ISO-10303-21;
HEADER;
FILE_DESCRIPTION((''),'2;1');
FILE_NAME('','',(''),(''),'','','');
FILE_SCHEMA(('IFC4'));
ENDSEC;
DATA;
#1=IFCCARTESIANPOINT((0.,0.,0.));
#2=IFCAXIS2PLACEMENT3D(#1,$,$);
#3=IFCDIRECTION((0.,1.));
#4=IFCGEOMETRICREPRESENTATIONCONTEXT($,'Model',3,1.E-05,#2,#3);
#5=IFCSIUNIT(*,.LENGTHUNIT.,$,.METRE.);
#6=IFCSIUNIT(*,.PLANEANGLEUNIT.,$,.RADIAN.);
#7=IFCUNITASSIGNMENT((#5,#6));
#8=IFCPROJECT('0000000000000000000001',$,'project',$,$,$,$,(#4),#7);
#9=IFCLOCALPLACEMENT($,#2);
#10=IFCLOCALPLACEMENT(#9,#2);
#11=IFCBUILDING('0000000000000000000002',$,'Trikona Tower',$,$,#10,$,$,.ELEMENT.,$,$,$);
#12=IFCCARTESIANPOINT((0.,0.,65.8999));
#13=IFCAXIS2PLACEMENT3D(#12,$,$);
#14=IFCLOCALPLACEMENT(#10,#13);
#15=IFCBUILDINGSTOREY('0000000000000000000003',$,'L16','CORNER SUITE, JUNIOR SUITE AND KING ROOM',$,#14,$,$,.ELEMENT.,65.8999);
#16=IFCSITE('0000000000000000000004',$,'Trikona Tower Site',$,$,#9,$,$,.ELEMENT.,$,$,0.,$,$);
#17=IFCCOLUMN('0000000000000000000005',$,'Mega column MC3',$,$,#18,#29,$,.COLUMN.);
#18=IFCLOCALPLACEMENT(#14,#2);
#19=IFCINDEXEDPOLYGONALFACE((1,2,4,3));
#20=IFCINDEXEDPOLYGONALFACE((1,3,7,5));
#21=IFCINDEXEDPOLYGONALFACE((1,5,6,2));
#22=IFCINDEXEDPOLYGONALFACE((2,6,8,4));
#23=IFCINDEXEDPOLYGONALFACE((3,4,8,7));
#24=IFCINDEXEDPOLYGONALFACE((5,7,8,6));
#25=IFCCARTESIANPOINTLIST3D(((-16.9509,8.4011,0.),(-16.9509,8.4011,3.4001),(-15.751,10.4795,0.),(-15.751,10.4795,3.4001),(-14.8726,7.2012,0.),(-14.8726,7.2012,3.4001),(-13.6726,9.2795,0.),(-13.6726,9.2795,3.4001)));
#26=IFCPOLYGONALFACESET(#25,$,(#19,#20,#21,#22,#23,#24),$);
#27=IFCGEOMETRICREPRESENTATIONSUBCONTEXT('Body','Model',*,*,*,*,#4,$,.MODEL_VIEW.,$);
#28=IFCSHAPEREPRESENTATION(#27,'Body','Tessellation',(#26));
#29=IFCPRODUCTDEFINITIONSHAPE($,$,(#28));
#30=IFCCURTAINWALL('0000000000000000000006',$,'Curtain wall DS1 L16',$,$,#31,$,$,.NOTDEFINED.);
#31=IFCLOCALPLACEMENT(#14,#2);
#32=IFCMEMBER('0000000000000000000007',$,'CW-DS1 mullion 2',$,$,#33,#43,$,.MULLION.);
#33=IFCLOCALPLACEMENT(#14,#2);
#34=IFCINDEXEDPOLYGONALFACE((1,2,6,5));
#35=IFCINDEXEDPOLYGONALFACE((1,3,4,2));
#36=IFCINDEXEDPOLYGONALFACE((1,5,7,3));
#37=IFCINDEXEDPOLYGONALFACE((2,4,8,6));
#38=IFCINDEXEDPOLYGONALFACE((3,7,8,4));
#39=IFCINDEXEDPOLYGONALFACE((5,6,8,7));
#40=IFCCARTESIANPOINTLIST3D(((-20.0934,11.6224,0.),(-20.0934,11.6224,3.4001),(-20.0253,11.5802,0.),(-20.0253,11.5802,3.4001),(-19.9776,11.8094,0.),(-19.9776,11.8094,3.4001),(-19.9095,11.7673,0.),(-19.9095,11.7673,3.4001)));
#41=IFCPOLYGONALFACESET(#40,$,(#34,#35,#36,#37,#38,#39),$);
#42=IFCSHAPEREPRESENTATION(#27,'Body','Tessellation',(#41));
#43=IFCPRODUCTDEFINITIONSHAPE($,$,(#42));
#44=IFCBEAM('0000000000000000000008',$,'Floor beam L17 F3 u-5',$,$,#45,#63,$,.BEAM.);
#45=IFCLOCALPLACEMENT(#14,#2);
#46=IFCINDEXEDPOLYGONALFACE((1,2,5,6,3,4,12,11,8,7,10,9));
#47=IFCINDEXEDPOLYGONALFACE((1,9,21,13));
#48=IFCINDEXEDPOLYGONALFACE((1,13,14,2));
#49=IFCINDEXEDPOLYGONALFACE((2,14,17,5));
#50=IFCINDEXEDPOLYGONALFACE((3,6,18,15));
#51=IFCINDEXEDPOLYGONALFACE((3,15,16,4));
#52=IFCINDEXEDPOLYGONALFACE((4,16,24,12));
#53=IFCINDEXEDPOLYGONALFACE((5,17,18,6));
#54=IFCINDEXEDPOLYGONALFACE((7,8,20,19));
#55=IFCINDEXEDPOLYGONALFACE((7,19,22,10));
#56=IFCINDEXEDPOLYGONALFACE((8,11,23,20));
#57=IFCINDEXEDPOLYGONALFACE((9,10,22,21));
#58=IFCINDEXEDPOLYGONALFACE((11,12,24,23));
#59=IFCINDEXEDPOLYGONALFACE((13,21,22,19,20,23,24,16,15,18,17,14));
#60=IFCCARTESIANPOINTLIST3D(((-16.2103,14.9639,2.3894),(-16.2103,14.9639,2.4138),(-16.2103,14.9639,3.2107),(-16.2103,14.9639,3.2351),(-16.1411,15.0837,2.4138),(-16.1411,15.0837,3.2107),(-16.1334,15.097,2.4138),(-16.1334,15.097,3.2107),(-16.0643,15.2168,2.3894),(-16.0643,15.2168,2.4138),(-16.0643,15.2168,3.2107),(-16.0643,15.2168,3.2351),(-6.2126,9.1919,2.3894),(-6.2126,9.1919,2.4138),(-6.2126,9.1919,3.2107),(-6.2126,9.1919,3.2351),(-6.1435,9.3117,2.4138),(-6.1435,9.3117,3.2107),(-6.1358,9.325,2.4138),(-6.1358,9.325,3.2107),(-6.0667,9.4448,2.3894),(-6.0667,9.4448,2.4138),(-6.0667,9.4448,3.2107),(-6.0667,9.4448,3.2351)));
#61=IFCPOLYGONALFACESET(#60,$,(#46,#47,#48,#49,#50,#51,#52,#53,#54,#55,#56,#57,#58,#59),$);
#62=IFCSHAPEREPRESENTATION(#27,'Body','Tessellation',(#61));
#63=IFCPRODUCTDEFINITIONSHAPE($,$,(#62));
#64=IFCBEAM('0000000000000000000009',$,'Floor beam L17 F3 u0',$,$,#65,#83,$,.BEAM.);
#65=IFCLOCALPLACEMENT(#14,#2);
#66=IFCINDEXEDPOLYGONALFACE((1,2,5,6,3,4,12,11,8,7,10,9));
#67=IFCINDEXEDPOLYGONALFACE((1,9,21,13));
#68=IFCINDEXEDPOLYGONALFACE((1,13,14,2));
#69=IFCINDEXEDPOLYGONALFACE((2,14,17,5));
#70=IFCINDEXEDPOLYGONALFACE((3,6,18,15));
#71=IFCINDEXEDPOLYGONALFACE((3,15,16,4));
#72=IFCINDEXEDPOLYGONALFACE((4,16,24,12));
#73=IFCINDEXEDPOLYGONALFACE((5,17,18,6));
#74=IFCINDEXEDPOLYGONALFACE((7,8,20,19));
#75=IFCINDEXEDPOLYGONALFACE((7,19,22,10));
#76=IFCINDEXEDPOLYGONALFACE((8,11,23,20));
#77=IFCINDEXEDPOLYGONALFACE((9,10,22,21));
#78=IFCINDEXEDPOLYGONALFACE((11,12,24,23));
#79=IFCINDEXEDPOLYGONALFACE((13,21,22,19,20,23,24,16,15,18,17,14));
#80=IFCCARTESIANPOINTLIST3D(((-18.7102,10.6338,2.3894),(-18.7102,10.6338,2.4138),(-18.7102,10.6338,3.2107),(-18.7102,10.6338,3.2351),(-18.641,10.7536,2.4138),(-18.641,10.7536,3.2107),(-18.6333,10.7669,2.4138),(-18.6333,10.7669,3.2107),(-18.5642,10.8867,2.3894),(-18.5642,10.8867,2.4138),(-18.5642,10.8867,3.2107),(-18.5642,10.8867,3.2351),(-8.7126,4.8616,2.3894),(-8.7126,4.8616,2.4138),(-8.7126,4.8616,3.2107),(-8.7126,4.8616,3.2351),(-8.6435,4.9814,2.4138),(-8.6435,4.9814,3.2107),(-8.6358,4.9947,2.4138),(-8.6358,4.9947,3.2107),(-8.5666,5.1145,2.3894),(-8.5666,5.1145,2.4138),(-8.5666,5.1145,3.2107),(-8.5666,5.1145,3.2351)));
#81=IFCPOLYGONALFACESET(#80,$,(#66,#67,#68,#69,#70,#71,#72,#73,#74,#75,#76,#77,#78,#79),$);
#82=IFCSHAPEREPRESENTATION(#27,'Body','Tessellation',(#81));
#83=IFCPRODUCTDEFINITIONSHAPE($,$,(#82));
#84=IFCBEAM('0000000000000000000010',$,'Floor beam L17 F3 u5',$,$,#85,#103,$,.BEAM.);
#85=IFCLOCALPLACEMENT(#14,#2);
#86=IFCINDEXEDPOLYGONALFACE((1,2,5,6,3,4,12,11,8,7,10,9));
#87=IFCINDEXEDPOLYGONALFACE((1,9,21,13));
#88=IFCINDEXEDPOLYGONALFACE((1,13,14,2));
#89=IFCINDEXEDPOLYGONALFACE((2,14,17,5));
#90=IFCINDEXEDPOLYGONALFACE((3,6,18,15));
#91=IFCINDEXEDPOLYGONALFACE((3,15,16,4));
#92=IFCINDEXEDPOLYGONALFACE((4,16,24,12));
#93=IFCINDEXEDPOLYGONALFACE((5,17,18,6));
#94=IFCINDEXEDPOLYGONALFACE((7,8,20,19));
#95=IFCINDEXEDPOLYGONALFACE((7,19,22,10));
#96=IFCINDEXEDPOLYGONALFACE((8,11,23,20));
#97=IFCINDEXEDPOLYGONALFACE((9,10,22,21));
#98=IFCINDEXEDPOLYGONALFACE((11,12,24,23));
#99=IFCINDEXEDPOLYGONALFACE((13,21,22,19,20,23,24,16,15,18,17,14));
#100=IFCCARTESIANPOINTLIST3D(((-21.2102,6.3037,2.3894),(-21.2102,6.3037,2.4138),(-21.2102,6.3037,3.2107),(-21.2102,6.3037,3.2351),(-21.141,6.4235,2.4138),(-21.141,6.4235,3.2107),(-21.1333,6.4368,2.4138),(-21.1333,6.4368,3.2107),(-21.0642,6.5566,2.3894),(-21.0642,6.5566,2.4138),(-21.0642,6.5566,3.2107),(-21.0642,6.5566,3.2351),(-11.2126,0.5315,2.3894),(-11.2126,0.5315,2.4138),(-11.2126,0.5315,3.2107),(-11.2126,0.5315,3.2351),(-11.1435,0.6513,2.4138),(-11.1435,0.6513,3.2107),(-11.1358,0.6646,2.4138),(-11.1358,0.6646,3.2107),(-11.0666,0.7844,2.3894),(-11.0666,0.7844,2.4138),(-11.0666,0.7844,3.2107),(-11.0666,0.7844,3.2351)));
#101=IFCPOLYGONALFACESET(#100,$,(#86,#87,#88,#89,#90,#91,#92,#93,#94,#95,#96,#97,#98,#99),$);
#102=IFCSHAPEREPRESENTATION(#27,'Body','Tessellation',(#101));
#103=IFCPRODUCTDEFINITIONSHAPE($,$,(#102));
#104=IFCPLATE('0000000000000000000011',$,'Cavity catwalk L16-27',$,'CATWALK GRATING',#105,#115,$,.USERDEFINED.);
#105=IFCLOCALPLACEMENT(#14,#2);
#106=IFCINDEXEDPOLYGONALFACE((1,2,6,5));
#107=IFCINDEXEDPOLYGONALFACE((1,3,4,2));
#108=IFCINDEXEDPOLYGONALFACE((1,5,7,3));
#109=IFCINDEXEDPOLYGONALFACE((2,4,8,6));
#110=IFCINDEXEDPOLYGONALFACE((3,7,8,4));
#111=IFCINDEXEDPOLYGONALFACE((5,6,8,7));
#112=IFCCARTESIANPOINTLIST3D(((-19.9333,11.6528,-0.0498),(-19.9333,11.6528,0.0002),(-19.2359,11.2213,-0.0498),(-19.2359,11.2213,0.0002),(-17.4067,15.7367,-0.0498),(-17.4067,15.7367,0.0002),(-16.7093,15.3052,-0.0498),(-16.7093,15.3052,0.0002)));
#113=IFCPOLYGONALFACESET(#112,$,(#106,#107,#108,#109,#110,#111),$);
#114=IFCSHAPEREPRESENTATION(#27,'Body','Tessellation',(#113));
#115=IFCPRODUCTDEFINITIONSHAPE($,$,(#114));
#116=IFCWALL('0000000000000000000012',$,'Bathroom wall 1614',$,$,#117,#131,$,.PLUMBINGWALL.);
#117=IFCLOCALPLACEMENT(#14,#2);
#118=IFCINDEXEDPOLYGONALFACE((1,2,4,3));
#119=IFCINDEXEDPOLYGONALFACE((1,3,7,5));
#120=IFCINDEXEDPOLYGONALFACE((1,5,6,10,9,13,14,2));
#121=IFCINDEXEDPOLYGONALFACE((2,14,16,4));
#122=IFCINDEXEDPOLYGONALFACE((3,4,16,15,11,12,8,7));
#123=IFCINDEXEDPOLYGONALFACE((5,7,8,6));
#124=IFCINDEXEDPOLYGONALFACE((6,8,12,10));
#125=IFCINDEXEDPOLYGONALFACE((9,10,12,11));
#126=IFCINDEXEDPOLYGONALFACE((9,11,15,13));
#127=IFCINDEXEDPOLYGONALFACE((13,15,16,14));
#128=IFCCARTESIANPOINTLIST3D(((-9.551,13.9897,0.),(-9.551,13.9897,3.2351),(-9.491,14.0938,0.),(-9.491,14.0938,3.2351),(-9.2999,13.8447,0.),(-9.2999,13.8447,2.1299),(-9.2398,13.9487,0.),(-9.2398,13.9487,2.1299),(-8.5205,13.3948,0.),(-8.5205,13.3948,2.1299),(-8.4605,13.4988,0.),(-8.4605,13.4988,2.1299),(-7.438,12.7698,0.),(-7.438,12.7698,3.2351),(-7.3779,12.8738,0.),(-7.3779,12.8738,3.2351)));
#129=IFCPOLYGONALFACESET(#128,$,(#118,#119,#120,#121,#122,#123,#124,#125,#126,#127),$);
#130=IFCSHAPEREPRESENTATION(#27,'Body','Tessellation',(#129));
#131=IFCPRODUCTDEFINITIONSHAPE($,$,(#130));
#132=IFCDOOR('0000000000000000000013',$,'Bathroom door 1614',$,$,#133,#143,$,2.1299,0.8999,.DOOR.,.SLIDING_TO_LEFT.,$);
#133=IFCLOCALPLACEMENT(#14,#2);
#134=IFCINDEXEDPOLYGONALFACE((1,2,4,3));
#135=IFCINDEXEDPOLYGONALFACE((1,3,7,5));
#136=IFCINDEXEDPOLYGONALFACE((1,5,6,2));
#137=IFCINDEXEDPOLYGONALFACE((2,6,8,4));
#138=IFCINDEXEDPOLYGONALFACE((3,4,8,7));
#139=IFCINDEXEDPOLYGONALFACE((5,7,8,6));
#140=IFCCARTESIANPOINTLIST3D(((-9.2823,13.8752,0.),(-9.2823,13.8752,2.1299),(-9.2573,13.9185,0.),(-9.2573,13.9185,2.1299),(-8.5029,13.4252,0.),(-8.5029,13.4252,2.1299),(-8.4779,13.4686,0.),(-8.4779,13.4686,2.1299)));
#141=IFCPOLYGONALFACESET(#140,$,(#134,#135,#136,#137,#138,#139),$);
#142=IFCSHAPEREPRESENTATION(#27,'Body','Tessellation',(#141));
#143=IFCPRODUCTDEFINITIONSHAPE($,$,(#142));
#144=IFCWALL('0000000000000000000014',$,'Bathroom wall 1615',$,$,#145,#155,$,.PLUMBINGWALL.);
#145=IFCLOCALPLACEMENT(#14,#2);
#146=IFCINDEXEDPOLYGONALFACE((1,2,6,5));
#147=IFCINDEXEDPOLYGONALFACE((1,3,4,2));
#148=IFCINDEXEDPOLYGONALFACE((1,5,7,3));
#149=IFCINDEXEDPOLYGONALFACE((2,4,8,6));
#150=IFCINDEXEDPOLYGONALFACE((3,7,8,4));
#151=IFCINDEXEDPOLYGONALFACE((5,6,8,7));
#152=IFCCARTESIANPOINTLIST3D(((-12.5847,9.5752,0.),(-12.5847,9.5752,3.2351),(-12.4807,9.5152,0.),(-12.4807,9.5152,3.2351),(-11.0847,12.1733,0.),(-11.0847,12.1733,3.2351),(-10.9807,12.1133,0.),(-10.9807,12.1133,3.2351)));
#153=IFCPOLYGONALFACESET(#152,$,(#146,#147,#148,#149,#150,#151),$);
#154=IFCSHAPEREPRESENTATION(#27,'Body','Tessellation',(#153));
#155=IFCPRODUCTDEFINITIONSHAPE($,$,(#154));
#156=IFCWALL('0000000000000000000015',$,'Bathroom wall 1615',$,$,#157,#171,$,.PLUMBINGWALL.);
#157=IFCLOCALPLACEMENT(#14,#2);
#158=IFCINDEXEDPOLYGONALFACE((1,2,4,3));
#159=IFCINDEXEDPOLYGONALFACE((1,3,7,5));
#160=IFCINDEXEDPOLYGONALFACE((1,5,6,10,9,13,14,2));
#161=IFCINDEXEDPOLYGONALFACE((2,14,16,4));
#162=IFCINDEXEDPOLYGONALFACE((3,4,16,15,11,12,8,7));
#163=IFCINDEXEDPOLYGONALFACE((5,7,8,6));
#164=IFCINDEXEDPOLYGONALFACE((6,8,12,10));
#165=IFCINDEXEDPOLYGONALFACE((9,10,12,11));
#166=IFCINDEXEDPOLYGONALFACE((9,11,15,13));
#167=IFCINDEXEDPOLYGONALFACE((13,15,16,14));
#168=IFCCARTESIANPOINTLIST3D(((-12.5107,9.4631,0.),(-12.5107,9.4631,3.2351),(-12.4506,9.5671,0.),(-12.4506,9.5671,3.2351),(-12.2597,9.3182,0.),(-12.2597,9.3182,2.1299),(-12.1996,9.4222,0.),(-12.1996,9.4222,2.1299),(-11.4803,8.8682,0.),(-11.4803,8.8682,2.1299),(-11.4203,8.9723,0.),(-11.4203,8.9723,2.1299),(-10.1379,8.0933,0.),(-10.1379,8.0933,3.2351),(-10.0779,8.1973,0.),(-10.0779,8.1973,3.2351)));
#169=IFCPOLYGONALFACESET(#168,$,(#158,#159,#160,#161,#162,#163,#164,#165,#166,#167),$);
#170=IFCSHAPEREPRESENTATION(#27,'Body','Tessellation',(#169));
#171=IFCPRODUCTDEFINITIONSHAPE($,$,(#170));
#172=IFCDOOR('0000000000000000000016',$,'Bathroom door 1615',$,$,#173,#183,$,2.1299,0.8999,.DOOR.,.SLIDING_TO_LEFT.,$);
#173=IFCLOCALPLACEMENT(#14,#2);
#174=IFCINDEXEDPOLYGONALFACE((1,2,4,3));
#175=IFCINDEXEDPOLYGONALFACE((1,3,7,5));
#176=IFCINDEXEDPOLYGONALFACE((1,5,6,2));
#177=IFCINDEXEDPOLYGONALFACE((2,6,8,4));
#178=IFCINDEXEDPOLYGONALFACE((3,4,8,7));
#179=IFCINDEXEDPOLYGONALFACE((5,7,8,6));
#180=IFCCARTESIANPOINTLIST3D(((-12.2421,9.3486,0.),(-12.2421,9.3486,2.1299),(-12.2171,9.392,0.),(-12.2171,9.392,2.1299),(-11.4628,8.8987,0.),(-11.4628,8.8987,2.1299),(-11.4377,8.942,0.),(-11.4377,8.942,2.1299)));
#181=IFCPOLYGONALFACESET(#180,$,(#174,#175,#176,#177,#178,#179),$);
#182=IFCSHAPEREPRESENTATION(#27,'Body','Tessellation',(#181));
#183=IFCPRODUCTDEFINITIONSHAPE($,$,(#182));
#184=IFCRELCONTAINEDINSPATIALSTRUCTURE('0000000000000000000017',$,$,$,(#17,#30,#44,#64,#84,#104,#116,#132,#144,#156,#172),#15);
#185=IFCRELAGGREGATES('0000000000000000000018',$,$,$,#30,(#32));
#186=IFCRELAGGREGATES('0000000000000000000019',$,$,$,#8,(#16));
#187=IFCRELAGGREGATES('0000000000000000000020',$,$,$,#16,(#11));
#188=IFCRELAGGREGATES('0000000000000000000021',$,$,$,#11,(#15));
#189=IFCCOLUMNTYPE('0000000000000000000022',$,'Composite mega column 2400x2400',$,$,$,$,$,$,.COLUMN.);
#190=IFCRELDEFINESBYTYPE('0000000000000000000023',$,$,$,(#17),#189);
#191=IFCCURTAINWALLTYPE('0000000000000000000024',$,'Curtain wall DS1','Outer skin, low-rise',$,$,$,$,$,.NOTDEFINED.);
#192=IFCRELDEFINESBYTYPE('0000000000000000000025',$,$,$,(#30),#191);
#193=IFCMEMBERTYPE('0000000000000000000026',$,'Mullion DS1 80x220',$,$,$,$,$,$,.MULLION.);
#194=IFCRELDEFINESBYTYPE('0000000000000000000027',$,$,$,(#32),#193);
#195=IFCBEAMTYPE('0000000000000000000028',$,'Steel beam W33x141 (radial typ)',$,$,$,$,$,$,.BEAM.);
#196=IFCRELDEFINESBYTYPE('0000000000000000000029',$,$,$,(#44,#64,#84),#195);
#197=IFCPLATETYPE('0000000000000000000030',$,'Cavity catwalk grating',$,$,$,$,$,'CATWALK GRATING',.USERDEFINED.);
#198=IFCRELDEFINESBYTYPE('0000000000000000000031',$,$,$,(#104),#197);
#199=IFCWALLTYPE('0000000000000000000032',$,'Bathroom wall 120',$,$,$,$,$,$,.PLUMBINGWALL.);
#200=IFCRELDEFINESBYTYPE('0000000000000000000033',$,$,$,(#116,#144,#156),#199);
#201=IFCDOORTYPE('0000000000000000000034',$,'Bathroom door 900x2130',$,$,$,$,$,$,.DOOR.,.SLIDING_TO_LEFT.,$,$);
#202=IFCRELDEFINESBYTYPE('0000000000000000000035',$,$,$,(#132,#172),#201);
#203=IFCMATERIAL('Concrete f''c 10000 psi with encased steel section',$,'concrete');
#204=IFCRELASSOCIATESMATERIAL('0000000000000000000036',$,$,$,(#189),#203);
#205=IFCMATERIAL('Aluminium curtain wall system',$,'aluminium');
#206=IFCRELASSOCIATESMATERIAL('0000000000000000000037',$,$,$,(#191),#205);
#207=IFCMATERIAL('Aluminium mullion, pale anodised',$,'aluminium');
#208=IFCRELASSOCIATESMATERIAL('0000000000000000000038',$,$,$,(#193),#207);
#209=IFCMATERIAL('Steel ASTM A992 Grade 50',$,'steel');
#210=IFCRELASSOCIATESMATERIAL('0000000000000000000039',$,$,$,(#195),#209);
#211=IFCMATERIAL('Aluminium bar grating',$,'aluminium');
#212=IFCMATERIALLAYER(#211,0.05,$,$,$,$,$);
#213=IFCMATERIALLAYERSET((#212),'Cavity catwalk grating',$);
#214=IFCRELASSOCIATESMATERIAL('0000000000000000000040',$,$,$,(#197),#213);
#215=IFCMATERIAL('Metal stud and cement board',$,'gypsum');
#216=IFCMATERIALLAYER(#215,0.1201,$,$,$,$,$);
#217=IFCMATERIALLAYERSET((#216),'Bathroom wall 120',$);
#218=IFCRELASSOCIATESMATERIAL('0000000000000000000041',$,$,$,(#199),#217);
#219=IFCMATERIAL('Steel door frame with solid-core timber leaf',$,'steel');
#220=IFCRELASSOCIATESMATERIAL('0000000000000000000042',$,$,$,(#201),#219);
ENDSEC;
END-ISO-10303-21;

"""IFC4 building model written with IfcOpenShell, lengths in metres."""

from ifc_helpers import new_model, si_unit, direction, frame, frame_2d, origin, origin_2d, place, context, subcontext, project, spatial, rectangle, i_section, extrude, material, layer, layer_set, material_profile, profile_set, type_object, element, fill, aggregate, save


model = new_model("IFC4")

# Units and contexts
model_context = context("Model", 3, precision=1e-05, world=origin(), true_north=direction((0.0, 1.0)))
body_context = subcontext(model_context, "Body", "Model", "MODEL_VIEW")
ifc_project = project(units=[si_unit("LENGTHUNIT", "METRE"), si_unit("PLANEANGLEUNIT", "RADIAN")], contexts=[model_context])

# Site, building, storey
site_placement = place(None, origin())
site = spatial("IfcSite", under=ifc_project, at=site_placement, Name="Trikona Tower Site", CompositionType="ELEMENT", RefElevation=0.0)
building_placement = place(site_placement, origin())
building = spatial("IfcBuilding", under=site, at=building_placement, Name="Trikona Tower", CompositionType="ELEMENT")
storey_placement = place(building_placement, frame((0.0, 0.0, 65.8999)))
storey = spatial("IfcBuildingStorey", under=building, at=storey_placement, Name="L16", Description="CORNER SUITE, JUNIOR SUITE AND KING ROOM", CompositionType="ELEMENT", Elevation=65.8999)

# Column
ifc_material_1 = material(Name="Concrete f'c 10000 psi with encased steel section", Category="concrete")
ifc_material_profile_1 = material_profile(ifc_material_1, rectangle(XDim=2.3999, YDim=2.3999, at=origin_2d()), Name="MC2400")
ifc_profile_set_1 = profile_set([ifc_material_profile_1], Name="Concrete f'c 10000 psi with encased steel section")
column_type = type_object("IfcColumnType", Name="Composite mega column 2400x2400", PredefinedType="COLUMN", material=ifc_profile_set_1)
column_placement = place(storey_placement, frame((-15.3118, 8.8403, 0.0), z_axis=(0.0, 0.0, 1.0), x_axis=(-0.866025, 0.5, 0.0)))
element("IfcColumn", 1, at=column_placement, inside=storey, type_object=column_type, Name="Mega column MC3", PredefinedType="COLUMN", context=body_context, shape_type="SweptSolid", body=[
    extrude(rectangle(XDim=2.3999, YDim=2.3999, at=origin_2d()), origin(), (0.0, 0.0, 1.0), 3.4001),
])

# Curtain wall, member
ifc_material_2 = material(Name="Aluminium curtain wall system", Category="aluminium")
curtain_wall_type = type_object("IfcCurtainWallType", Name="Curtain wall DS1", Description="Outer skin, low-rise", PredefinedType="NOTDEFINED", material=ifc_material_2)
curtain_wall_placement = place(storey_placement, origin())
curtain_wall = element("IfcCurtainWall", 2, at=curtain_wall_placement, inside=storey, type_object=curtain_wall_type, Name="Curtain wall DS1 L16", PredefinedType="NOTDEFINED")
ifc_material_3 = material(Name="Aluminium mullion, pale anodised", Category="aluminium")
ifc_material_profile_2 = material_profile(ifc_material_3, rectangle(XDim=0.0801, YDim=0.22, at=origin_2d()), Name="MUL-DS1")
ifc_profile_set_2 = profile_set([ifc_material_profile_2], Name="Aluminium mullion, pale anodised")
member_type = type_object("IfcMemberType", Name="Mullion DS1 80x220", PredefinedType="MULLION", material=ifc_profile_set_2)
member_placement = place(storey_placement, frame((-20.0015, 11.6948, 0.0), z_axis=(0.0, 0.0, 1.0), x_axis=(0.85041, -0.52612, 0.0)))
member = element("IfcMember", 3, at=member_placement, type_object=member_type, Name="CW-DS1 mullion 2", PredefinedType="MULLION", context=body_context, shape_type="SweptSolid", body=[
    extrude(rectangle(XDim=0.0801, YDim=0.22, at=origin_2d()), origin(), (0.0, 0.0, 1.0), 3.4001),
])
aggregate(curtain_wall, [member])

# Beams
ifc_material_4 = material(Name="Steel ASTM A992 Grade 50", Category="steel")
ifc_material_profile_3 = material_profile(ifc_material_4, i_section(OverallWidth=0.292, OverallDepth=0.8457, WebThickness=0.0154, FlangeThickness=0.0244, at=origin_2d()), Name="W33X141")
ifc_profile_set_3 = profile_set([ifc_material_profile_3], Name="Steel ASTM A992 Grade 50")
beam_type = type_object("IfcBeamType", Name="Steel beam W33x141 (radial typ)", PredefinedType="BEAM", material=ifc_profile_set_3)
for number, where, z_axis, x_axis, name in (
    (4, (-6.1396, 9.3184, 2.8123), (-0.86603, 0.499992, 0.0), (-0.499992, -0.86603, 0.0), "Floor beam L17 F3 u-5"),
    (5, (-8.6396, 4.988, 2.8123), (-0.866021, 0.500008, 0.0), (-0.500008, -0.866021, 0.0), "Floor beam L17 F3 u0"),
    (6, (-11.1396, 0.658, 2.8123), (-0.866021, 0.500008, 0.0), (-0.500008, -0.866021, 0.0), "Floor beam L17 F3 u5"),
):
    element("IfcBeam", number, at=place(storey_placement, frame(where, z_axis=z_axis, x_axis=x_axis)), inside=storey, type_object=beam_type, Name=name, PredefinedType="BEAM", context=body_context, shape_type="SweptSolid", body=[
        extrude(i_section(OverallWidth=0.292, OverallDepth=0.8457, WebThickness=0.0154, FlangeThickness=0.0244, at=origin_2d()), origin(), (0.0, 0.0, 1.0), 11.5442),
    ])

# Plate
ifc_material_5 = material(Name="Aluminium bar grating", Category="aluminium")
ifc_layer_1 = layer(ifc_material_5, 0.05)
ifc_layer_set_1 = layer_set([ifc_layer_1], Name="Cavity catwalk grating")
plate_type = type_object("IfcPlateType", Name="Cavity catwalk grating", ElementType="CATWALK GRATING", PredefinedType="USERDEFINED", material=ifc_layer_set_1)
plate_placement = place(storey_placement, frame((-18.3213, 13.479, -0.0498), z_axis=(0.0, 0.0, 1.0), x_axis=(-0.526119, -0.850411, 0.0)))
element("IfcPlate", 7, at=plate_placement, inside=storey, type_object=plate_type, Name="Cavity catwalk L16-27", ObjectType="CATWALK GRATING", PredefinedType="USERDEFINED", context=body_context, shape_type="SweptSolid", body=[
    extrude(rectangle(XDim=4.8022, YDim=0.8201, at=origin_2d()), origin(), (0.0, 0.0, 1.0), 0.05),
])

# Wall, opening, door
ifc_material_6 = material(Name="Metal stud and cement board", Category="gypsum")
ifc_layer_2 = layer(ifc_material_6, 0.1201)
ifc_layer_set_2 = layer_set([ifc_layer_2], Name="Bathroom wall 120")
wall_type_1 = type_object("IfcWallType", Name="Bathroom wall 120", PredefinedType="PLUMBINGWALL", material=ifc_layer_set_2)
wall_1_placement = place(storey_placement, frame((-7.408, 12.8218, 0.0), z_axis=(0.0, 0.0, 1.0), x_axis=(-0.866024, 0.500003, 0.0)))
wall_1 = element("IfcWall", 8, at=wall_1_placement, inside=storey, type_object=wall_type_1, Name="Bathroom wall 1614", PredefinedType="PLUMBINGWALL", context=body_context, shape_type="SweptSolid", body=[
    extrude(rectangle(XDim=2.4399, YDim=0.1201, at=frame_2d((1.22, 0.0))), origin(), (0.0, 0.0, 1.0), 3.2351),
])
opening_1_placement = place(wall_1_placement, frame((1.25, 0.0, 0.0)))
opening_1 = element("IfcOpeningElement", 9, at=opening_1_placement, cuts=wall_1, PredefinedType="OPENING", context=body_context, shape_type="SweptSolid", body=[
    extrude(rectangle(XDim=0.8999, YDim=2.1299, at=frame_2d((0.45, 1.0649))), frame((0.0, 0.0701, 0.0), z_axis=(0.0, -1.0, 0.0), x_axis=(1.0, 0.0, 0.0)), (0.0, 0.0, 1.0), 0.1401),
])
ifc_material_7 = material(Name="Steel door frame with solid-core timber leaf", Category="steel")
door_type_1 = type_object("IfcDoorType", Name="Bathroom door 900x2130", OperationType="SLIDING_TO_LEFT", PredefinedType="DOOR", material=ifc_material_7)
door_1_placement = place(opening_1_placement, origin())
door_1 = element("IfcDoor", 10, at=door_1_placement, inside=storey, type_object=door_type_1, Name="Bathroom door 1614", OperationType="SLIDING_TO_LEFT", OverallHeight=2.1299, OverallWidth=0.8999, PredefinedType="DOOR", context=body_context, shape_type="SweptSolid", body=[
    extrude(rectangle(XDim=0.8999, YDim=2.1299, at=frame_2d((0.45, 1.0649))), frame((0.0, 0.0249, 0.0), z_axis=(0.0, -1.0, 0.0), x_axis=(1.0, 0.0, 0.0)), (0.0, 0.0, 1.0), 0.05),
])
fill(opening_1, door_1)

# Wall
wall_2_placement = place(storey_placement, frame((-11.0327, 12.1433, 0.0), z_axis=(0.0, 0.0, 1.0), x_axis=(-0.49999, -0.866031, 0.0)))
element("IfcWall", 11, at=wall_2_placement, inside=storey, type_object=wall_type_1, Name="Bathroom wall 1615", PredefinedType="PLUMBINGWALL", context=body_context, shape_type="SweptSolid", body=[
    extrude(rectangle(XDim=3.0, YDim=0.1201, at=frame_2d((1.5, 0.0))), origin(), (0.0, 0.0, 1.0), 3.2351),
])

# Wall, opening, door
wall_3_placement = place(storey_placement, frame((-10.1079, 8.1453, 0.0), z_axis=(0.0, 0.0, 1.0), x_axis=(-0.866036, 0.499982, 0.0)))
wall_3 = element("IfcWall", 12, at=wall_3_placement, inside=storey, type_object=wall_type_1, Name="Bathroom wall 1615", PredefinedType="PLUMBINGWALL", context=body_context, shape_type="SweptSolid", body=[
    extrude(rectangle(XDim=2.7397, YDim=0.1201, at=frame_2d((1.3699, 0.0))), origin(), (0.0, 0.0, 1.0), 3.2351),
])
opening_2_placement = place(wall_3_placement, frame((1.55, 0.0, 0.0)))
opening_2 = element("IfcOpeningElement", 13, at=opening_2_placement, cuts=wall_3, PredefinedType="OPENING", context=body_context, shape_type="SweptSolid", body=[
    extrude(rectangle(XDim=0.8999, YDim=2.1299, at=frame_2d((0.45, 1.0649))), frame((0.0, 0.0701, 0.0), z_axis=(0.0, -1.0, 0.0), x_axis=(1.0, 0.0, 0.0)), (0.0, 0.0, 1.0), 0.1401),
])
door_2_placement = place(opening_2_placement, origin())
door_2 = element("IfcDoor", 14, at=door_2_placement, inside=storey, type_object=door_type_1, Name="Bathroom door 1615", OperationType="SLIDING_TO_LEFT", OverallHeight=2.1299, OverallWidth=0.8999, PredefinedType="DOOR", context=body_context, shape_type="SweptSolid", body=[
    extrude(rectangle(XDim=0.8999, YDim=2.1299, at=frame_2d((0.45, 1.0649))), frame((0.0, 0.0249, 0.0), z_axis=(0.0, -1.0, 0.0), x_axis=(1.0, 0.0, 0.0)), (0.0, 0.0, 1.0), 0.05),
])
fill(opening_2, door_2)

save(model, "model.ifc")
